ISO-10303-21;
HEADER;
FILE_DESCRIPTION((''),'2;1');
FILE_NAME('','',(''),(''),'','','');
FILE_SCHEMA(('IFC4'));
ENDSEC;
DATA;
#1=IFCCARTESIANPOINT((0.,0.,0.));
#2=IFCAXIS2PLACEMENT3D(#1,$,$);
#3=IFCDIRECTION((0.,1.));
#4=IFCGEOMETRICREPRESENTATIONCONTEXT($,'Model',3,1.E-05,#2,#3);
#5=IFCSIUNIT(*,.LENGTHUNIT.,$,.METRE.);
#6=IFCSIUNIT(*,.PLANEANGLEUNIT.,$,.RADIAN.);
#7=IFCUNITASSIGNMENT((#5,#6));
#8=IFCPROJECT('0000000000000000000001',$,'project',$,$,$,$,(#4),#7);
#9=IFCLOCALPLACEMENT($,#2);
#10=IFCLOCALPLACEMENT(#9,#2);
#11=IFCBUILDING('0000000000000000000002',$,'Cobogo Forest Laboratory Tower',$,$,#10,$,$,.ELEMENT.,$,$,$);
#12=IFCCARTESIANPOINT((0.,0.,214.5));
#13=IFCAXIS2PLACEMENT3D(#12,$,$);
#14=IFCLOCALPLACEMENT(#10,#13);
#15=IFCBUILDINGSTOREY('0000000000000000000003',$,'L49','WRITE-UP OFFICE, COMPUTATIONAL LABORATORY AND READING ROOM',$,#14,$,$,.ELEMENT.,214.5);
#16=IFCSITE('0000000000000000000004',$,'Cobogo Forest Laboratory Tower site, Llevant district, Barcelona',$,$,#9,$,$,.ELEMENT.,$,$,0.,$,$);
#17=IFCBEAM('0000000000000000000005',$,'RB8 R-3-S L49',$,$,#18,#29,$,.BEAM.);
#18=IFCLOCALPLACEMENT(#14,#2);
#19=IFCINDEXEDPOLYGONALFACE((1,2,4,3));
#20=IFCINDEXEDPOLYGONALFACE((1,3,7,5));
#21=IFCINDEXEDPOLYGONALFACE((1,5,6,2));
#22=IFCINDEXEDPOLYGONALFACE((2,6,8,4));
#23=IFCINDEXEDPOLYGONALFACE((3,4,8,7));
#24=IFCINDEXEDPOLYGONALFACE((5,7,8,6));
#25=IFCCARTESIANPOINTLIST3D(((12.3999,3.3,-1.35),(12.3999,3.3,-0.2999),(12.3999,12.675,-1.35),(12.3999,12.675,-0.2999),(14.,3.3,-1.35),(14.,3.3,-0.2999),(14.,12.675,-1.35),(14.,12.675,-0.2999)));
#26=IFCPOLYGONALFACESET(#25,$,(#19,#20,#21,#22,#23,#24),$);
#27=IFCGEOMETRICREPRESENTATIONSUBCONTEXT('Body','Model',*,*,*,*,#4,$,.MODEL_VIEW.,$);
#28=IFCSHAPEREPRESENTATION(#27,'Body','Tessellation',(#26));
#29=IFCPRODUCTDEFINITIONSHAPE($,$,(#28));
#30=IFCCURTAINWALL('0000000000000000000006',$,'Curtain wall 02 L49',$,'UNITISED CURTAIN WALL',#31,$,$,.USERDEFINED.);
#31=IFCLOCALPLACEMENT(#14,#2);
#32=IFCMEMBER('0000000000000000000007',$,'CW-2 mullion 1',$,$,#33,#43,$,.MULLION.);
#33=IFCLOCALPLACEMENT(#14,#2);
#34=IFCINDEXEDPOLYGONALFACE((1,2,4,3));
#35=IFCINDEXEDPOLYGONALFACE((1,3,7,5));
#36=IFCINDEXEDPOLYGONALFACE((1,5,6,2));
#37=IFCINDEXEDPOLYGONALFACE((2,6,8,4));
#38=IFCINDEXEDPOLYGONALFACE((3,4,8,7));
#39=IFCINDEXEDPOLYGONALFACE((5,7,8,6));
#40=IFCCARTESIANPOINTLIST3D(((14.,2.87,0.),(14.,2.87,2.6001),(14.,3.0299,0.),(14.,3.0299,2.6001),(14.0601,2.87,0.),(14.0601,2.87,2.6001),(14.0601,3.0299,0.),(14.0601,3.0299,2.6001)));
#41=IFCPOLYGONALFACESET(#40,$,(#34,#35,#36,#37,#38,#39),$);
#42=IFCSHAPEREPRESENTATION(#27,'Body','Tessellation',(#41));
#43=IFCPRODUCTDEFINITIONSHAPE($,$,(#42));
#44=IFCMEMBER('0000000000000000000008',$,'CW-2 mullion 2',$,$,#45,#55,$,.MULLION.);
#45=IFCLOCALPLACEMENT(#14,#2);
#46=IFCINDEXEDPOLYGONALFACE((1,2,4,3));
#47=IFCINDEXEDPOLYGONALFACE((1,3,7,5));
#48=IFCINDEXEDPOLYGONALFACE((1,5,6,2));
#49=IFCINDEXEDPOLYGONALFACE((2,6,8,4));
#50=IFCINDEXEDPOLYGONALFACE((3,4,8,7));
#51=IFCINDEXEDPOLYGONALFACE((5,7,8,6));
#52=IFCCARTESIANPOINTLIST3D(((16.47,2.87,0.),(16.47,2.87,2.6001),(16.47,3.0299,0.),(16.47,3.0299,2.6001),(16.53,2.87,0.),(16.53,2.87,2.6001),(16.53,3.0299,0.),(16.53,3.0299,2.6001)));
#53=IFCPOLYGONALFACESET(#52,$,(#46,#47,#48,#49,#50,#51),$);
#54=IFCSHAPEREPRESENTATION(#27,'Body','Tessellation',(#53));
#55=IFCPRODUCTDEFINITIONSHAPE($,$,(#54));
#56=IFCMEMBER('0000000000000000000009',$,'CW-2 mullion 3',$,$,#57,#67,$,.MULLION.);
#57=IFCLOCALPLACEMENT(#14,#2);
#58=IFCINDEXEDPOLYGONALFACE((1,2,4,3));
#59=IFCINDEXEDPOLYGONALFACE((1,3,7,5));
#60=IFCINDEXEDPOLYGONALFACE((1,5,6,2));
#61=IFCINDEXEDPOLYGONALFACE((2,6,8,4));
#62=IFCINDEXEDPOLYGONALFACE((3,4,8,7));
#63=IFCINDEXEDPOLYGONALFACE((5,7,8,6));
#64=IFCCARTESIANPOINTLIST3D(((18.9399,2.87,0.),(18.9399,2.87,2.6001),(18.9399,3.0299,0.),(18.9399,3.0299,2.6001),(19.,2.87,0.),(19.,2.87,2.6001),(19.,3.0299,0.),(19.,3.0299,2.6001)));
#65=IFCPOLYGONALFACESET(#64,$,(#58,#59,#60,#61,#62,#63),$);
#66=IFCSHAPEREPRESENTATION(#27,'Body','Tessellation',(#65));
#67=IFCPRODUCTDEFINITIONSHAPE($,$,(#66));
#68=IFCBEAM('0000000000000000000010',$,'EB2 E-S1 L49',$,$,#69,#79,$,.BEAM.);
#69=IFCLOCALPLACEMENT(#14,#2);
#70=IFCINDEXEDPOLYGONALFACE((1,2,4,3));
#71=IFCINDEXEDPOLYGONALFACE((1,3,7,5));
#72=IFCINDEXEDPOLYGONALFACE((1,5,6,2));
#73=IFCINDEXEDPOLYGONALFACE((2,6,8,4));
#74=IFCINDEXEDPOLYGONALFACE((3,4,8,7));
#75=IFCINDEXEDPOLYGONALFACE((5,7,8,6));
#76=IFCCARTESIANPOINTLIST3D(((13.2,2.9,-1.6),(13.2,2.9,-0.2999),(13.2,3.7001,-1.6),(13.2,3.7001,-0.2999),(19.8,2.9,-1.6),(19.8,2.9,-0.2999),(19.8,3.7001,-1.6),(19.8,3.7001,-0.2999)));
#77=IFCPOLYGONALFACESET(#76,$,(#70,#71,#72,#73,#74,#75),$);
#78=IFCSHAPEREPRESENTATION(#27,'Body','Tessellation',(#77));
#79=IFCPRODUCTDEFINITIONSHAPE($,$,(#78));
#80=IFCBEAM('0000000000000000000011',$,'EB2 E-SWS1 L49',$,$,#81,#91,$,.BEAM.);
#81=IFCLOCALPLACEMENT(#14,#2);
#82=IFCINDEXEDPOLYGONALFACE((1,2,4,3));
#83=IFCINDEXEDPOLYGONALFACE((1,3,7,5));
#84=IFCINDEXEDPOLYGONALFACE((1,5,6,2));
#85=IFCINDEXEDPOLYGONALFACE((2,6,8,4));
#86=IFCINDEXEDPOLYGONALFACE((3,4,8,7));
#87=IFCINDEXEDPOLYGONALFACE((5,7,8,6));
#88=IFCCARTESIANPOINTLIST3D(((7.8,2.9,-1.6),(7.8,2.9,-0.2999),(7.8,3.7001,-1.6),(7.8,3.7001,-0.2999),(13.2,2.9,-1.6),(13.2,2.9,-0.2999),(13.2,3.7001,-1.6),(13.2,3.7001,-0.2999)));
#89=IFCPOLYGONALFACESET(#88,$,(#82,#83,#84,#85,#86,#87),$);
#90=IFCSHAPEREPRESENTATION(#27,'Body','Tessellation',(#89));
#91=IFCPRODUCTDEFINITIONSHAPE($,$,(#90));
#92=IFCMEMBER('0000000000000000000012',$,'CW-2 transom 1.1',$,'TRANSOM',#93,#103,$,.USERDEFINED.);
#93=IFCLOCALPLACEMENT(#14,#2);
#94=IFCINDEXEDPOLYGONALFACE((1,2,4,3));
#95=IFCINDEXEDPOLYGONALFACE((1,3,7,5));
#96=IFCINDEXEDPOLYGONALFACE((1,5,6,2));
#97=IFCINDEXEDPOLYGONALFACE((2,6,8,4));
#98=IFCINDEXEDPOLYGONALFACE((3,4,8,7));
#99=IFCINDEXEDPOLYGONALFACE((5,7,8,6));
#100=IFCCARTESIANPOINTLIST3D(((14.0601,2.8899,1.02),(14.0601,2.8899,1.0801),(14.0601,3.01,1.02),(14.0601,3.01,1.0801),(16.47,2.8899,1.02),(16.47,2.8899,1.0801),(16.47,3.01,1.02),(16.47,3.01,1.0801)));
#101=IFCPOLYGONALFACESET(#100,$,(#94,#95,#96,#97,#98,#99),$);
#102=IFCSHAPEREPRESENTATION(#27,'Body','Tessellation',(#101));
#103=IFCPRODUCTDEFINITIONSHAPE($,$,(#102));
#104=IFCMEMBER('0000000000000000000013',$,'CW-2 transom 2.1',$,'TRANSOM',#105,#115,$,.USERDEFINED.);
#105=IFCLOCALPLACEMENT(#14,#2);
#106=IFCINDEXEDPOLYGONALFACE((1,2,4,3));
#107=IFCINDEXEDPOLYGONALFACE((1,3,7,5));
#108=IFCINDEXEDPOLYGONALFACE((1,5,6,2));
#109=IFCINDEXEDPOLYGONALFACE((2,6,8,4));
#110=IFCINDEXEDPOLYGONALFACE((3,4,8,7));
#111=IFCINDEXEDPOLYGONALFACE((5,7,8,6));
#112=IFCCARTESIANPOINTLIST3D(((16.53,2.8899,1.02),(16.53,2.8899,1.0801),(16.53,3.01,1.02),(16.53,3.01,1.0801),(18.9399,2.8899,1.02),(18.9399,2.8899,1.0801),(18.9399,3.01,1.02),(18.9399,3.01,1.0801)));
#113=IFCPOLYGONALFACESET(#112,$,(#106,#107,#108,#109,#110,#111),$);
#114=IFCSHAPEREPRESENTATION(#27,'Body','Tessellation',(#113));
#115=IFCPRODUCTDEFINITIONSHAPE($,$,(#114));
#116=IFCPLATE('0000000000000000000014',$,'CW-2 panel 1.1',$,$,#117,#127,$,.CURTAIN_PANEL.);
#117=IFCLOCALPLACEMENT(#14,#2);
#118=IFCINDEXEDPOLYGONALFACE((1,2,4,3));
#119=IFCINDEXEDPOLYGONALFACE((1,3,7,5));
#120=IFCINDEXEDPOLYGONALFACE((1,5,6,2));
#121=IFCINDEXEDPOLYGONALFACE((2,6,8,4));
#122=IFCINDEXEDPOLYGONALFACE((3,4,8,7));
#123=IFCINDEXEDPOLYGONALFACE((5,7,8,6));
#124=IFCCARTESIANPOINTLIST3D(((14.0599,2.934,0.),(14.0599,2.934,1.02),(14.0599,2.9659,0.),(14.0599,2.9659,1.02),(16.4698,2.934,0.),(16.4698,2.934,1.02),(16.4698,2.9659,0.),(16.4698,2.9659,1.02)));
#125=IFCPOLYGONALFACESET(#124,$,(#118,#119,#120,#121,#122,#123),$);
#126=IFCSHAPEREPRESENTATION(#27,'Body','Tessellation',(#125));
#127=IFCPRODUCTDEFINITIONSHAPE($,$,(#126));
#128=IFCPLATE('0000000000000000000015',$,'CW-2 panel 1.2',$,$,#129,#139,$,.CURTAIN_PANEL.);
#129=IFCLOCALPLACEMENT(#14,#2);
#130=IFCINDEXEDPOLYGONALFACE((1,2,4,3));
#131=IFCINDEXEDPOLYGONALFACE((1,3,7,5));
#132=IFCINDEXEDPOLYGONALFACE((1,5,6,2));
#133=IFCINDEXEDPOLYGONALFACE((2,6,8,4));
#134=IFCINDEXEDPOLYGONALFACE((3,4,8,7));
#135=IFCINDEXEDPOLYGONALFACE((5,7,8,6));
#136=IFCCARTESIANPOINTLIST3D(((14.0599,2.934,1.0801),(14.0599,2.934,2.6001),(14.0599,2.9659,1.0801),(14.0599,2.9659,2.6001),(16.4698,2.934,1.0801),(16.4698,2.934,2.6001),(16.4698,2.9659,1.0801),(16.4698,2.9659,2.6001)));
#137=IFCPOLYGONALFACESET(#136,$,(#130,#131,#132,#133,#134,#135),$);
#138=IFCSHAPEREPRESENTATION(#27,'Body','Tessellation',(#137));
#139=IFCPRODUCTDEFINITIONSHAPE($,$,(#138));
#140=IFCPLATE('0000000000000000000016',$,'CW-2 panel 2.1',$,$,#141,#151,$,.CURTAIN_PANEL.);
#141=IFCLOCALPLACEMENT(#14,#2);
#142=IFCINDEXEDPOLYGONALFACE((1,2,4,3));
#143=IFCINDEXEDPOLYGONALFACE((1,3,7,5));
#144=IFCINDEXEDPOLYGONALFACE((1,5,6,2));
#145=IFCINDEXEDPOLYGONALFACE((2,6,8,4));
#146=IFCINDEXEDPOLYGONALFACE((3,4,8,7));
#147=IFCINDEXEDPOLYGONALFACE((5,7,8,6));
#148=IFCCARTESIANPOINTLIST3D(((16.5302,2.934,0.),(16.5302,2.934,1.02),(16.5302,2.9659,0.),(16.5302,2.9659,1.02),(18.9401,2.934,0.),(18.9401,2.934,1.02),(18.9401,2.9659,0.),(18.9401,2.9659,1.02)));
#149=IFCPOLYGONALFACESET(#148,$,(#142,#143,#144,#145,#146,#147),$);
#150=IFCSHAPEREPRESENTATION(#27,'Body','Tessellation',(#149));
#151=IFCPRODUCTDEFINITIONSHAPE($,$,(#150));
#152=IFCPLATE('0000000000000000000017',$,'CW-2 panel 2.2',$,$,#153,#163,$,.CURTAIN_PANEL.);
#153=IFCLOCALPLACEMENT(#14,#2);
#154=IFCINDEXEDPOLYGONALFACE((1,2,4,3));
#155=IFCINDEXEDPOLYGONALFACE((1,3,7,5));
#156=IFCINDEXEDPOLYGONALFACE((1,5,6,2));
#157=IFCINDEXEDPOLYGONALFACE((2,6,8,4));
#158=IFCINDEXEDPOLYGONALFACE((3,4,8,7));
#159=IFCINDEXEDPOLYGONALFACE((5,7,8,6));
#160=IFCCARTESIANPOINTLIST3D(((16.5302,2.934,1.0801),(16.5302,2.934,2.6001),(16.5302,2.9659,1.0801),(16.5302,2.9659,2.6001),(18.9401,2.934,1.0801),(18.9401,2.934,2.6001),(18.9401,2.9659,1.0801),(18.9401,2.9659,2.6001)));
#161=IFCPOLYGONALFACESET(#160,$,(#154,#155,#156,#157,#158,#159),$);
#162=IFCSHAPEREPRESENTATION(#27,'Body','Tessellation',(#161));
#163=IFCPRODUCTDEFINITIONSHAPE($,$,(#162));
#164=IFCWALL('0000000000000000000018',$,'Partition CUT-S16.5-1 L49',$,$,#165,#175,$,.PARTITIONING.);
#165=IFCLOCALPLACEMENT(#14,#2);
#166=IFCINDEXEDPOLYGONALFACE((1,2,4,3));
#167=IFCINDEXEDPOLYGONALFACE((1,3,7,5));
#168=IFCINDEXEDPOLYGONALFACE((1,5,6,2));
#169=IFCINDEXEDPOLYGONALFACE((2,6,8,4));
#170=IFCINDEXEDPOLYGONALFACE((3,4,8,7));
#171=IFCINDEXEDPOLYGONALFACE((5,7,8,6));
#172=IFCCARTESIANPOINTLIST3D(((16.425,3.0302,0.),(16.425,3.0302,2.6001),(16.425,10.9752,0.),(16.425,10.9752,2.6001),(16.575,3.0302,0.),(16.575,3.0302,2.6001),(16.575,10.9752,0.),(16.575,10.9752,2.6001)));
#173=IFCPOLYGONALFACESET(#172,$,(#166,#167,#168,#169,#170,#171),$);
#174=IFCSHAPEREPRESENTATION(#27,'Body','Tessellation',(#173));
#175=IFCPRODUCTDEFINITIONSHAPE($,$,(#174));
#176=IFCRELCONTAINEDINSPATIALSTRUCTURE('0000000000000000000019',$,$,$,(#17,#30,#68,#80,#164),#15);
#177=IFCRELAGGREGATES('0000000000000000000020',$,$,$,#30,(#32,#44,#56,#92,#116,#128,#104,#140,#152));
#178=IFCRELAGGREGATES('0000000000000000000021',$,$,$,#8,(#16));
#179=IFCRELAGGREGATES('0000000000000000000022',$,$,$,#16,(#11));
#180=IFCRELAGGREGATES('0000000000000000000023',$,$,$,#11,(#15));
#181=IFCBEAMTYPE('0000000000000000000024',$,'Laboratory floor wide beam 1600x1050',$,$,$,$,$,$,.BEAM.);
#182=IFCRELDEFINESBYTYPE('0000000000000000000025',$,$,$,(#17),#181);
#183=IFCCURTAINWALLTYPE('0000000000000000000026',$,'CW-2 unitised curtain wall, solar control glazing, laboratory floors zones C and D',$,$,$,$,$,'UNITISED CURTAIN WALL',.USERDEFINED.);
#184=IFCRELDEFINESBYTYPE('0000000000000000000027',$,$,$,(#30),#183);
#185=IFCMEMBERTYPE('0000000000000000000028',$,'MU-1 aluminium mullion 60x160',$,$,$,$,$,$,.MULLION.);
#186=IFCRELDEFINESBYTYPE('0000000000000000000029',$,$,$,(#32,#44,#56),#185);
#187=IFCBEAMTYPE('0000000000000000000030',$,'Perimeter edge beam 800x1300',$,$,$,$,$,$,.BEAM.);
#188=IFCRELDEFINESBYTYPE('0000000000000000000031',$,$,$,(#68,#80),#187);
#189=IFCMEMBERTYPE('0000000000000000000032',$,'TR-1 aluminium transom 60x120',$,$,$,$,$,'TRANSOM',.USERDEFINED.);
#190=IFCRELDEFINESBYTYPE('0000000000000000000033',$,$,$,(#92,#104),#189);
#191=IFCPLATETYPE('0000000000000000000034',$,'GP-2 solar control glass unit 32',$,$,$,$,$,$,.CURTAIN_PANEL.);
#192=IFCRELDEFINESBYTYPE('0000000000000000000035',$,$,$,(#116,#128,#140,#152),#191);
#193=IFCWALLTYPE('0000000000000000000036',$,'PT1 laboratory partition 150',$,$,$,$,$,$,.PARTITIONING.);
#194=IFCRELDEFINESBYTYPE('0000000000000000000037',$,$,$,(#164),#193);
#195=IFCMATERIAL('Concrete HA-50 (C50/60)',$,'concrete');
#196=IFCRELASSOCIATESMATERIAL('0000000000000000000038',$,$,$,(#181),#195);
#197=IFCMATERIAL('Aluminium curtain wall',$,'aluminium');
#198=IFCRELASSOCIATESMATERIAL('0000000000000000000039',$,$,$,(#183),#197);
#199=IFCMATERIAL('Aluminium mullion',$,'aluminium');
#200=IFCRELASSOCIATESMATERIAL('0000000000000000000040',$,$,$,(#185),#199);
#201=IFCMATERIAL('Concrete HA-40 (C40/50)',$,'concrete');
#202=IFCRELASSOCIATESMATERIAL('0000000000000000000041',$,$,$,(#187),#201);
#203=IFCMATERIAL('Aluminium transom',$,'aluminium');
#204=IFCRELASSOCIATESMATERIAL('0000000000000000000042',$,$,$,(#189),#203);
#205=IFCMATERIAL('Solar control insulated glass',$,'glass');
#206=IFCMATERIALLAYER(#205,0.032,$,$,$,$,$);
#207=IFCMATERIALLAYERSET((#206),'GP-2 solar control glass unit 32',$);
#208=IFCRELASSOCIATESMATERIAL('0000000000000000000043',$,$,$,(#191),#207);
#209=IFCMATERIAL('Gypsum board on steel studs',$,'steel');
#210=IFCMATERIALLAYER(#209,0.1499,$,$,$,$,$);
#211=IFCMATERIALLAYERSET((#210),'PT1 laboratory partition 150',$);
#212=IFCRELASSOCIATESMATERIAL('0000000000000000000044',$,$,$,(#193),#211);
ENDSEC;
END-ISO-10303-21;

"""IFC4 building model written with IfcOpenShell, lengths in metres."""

from ifc_helpers import new_model, si_unit, direction, frame, frame_2d, origin, origin_2d, place, context, subcontext, project, spatial, rectangle, extrude, material, layer, layer_set, material_profile, profile_set, type_object, element, aggregate, save


model = new_model("IFC4")

# Units and contexts
model_context = context("Model", 3, precision=1e-05, world=origin(), true_north=direction((0.0, 1.0)))
body_context = subcontext(model_context, "Body", "Model", "MODEL_VIEW")
ifc_project = project(units=[si_unit("LENGTHUNIT", "METRE"), si_unit("PLANEANGLEUNIT", "RADIAN")], contexts=[model_context])

# Site, building, storey
site_placement = place(None, origin())
site = spatial("IfcSite", under=ifc_project, at=site_placement, Name="Cobogo Forest Laboratory Tower site, Llevant district, Barcelona", CompositionType="ELEMENT", RefElevation=0.0)
building_placement = place(site_placement, origin())
building = spatial("IfcBuilding", under=site, at=building_placement, Name="Cobogo Forest Laboratory Tower", CompositionType="ELEMENT")
storey_placement = place(building_placement, frame((0.0, 0.0, 214.5)))
storey = spatial("IfcBuildingStorey", under=building, at=storey_placement, Name="L49", Description="WRITE-UP OFFICE, COMPUTATIONAL LABORATORY AND READING ROOM", CompositionType="ELEMENT", Elevation=214.5)

# Beam
ifc_material_1 = material(Name="Concrete HA-50 (C50/60)", Category="concrete")
ifc_material_profile_1 = material_profile(ifc_material_1, rectangle(XDim=1.6001, YDim=1.05, at=origin_2d()), Name="RC 1600x1050")
ifc_profile_set_1 = profile_set([ifc_material_profile_1], Name="Concrete HA-50 (C50/60)")
beam_type_1 = type_object("IfcBeamType", Name="Laboratory floor wide beam 1600x1050", PredefinedType="BEAM", material=ifc_profile_set_1)
beam_1_placement = place(storey_placement, frame((13.2, 12.675, -0.825), z_axis=(0.0, -1.0, 0.0), x_axis=(1.0, 0.0, 0.0)))
element("IfcBeam", 1, at=beam_1_placement, inside=storey, type_object=beam_type_1, Name="RB8 R-3-S L49", PredefinedType="BEAM", context=body_context, shape_type="SweptSolid", body=[
    extrude(rectangle(XDim=1.6001, YDim=1.05, at=origin_2d()), origin(), (0.0, 0.0, 1.0), 9.375),
])

# Curtain wall, members
ifc_material_2 = material(Name="Aluminium curtain wall", Category="aluminium")
curtain_wall_type = type_object("IfcCurtainWallType", Name="CW-2 unitised curtain wall, solar control glazing, laboratory floors zones C and D", ElementType="UNITISED CURTAIN WALL", PredefinedType="USERDEFINED", material=ifc_material_2)
curtain_wall_placement = place(storey_placement, origin())
curtain_wall = element("IfcCurtainWall", 2, at=curtain_wall_placement, inside=storey, type_object=curtain_wall_type, Name="Curtain wall 02 L49", ObjectType="UNITISED CURTAIN WALL", PredefinedType="USERDEFINED")
ifc_material_3 = material(Name="Aluminium mullion", Category="aluminium")
ifc_material_profile_2 = material_profile(ifc_material_3, rectangle(XDim=0.0601, YDim=0.1599, at=origin_2d()), Name="AL 60x160")
ifc_profile_set_2 = profile_set([ifc_material_profile_2], Name="Aluminium mullion")
member_type_1 = type_object("IfcMemberType", Name="MU-1 aluminium mullion 60x160", PredefinedType="MULLION", material=ifc_profile_set_2)
member_1_placement = place(storey_placement, frame((14.03, 2.95, 0.0), z_axis=(0.0, 0.0, 1.0), x_axis=(1.0, 0.0, 0.0)))
member_1 = element("IfcMember", 3, at=member_1_placement, type_object=member_type_1, Name="CW-2 mullion 1", PredefinedType="MULLION", context=body_context, shape_type="SweptSolid", body=[
    extrude(rectangle(XDim=0.0601, YDim=0.1599, at=origin_2d()), origin(), (0.0, 0.0, 1.0), 2.6001),
])
member_2_placement = place(storey_placement, frame((16.5, 2.95, 0.0), z_axis=(0.0, 0.0, 1.0), x_axis=(1.0, 0.0, 0.0)))
member_2 = element("IfcMember", 4, at=member_2_placement, type_object=member_type_1, Name="CW-2 mullion 2", PredefinedType="MULLION", context=body_context, shape_type="SweptSolid", body=[
    extrude(rectangle(XDim=0.0601, YDim=0.1599, at=origin_2d()), origin(), (0.0, 0.0, 1.0), 2.6001),
])
member_3_placement = place(storey_placement, frame((18.97, 2.95, 0.0), z_axis=(0.0, 0.0, 1.0), x_axis=(1.0, 0.0, 0.0)))
member_3 = element("IfcMember", 5, at=member_3_placement, type_object=member_type_1, Name="CW-2 mullion 3", PredefinedType="MULLION", context=body_context, shape_type="SweptSolid", body=[
    extrude(rectangle(XDim=0.0601, YDim=0.1599, at=origin_2d()), origin(), (0.0, 0.0, 1.0), 2.6001),
])

# Beams
ifc_material_4 = material(Name="Concrete HA-40 (C40/50)", Category="concrete")
ifc_material_profile_3 = material_profile(ifc_material_4, rectangle(XDim=0.8, YDim=1.3, at=origin_2d()), Name="RC 800x1300")
ifc_profile_set_3 = profile_set([ifc_material_profile_3], Name="Concrete HA-40 (C40/50)")
beam_type_2 = type_object("IfcBeamType", Name="Perimeter edge beam 800x1300", PredefinedType="BEAM", material=ifc_profile_set_3)
beam_2_placement = place(storey_placement, frame((13.2, 3.3, -0.95), z_axis=(1.0, 0.0, 0.0), x_axis=(0.0, 1.0, 0.0)))
element("IfcBeam", 6, at=beam_2_placement, inside=storey, type_object=beam_type_2, Name="EB2 E-S1 L49", PredefinedType="BEAM", context=body_context, shape_type="SweptSolid", body=[
    extrude(rectangle(XDim=0.8, YDim=1.3, at=origin_2d()), origin(), (0.0, 0.0, 1.0), 6.6001),
])
beam_3_placement = place(storey_placement, frame((13.2, 3.3, -0.95), z_axis=(-1.0, 0.0, 0.0), x_axis=(0.0, -1.0, 0.0)))
element("IfcBeam", 7, at=beam_3_placement, inside=storey, type_object=beam_type_2, Name="EB2 E-SWS1 L49", PredefinedType="BEAM", context=body_context, shape_type="SweptSolid", body=[
    extrude(rectangle(XDim=0.8, YDim=1.3, at=origin_2d()), origin(), (0.0, 0.0, 1.0), 5.3999),
])

# Members
ifc_material_5 = material(Name="Aluminium transom", Category="aluminium")
ifc_material_profile_4 = material_profile(ifc_material_5, rectangle(XDim=0.1201, YDim=0.0601, at=origin_2d()), Name="AL 60x120")
ifc_profile_set_4 = profile_set([ifc_material_profile_4], Name="Aluminium transom")
member_type_2 = type_object("IfcMemberType", Name="TR-1 aluminium transom 60x120", ElementType="TRANSOM", PredefinedType="USERDEFINED", material=ifc_profile_set_4)
member_4_placement = place(storey_placement, frame((14.0601, 2.95, 1.05), z_axis=(1.0, 0.0, 0.0), x_axis=(0.0, 1.0, 0.0)))
member_4 = element("IfcMember", 8, at=member_4_placement, type_object=member_type_2, Name="CW-2 transom 1.1", ObjectType="TRANSOM", PredefinedType="USERDEFINED", context=body_context, shape_type="SweptSolid", body=[
    extrude(rectangle(XDim=0.1201, YDim=0.0601, at=origin_2d()), origin(), (0.0, 0.0, 1.0), 2.4099),
])
member_5_placement = place(storey_placement, frame((16.53, 2.95, 1.05), z_axis=(1.0, 0.0, 0.0), x_axis=(0.0, 1.0, 0.0)))
member_5 = element("IfcMember", 9, at=member_5_placement, type_object=member_type_2, Name="CW-2 transom 2.1", ObjectType="TRANSOM", PredefinedType="USERDEFINED", context=body_context, shape_type="SweptSolid", body=[
    extrude(rectangle(XDim=0.1201, YDim=0.0601, at=origin_2d()), origin(), (0.0, 0.0, 1.0), 2.4099),
])

# Plates
ifc_material_6 = material(Name="Solar control insulated glass", Category="glass")
ifc_layer_1 = layer(ifc_material_6, 0.032)
ifc_layer_set_1 = layer_set([ifc_layer_1], Name="GP-2 solar control glass unit 32")
plate_type_1 = type_object("IfcPlateType", Name="GP-2 solar control glass unit 32", PredefinedType="CURTAIN_PANEL", material=ifc_layer_set_1)
plate_1_placement = place(storey_placement, frame((15.2649, 2.95, 0.0), z_axis=(0.0, 0.0, 1.0), x_axis=(1.0, 0.0, 0.0)))
plate_1 = element("IfcPlate", 10, at=plate_1_placement, type_object=plate_type_1, Name="CW-2 panel 1.1", PredefinedType="CURTAIN_PANEL", context=body_context, shape_type="SweptSolid", body=[
    extrude(rectangle(XDim=2.4099, YDim=0.032, at=origin_2d()), origin(), (0.0, 0.0, 1.0), 1.02),
])
plate_2_placement = place(storey_placement, frame((15.2649, 2.95, 1.0801), z_axis=(0.0, 0.0, 1.0), x_axis=(1.0, 0.0, 0.0)))
plate_2 = element("IfcPlate", 11, at=plate_2_placement, type_object=plate_type_1, Name="CW-2 panel 1.2", PredefinedType="CURTAIN_PANEL", context=body_context, shape_type="SweptSolid", body=[
    extrude(rectangle(XDim=2.4099, YDim=0.032, at=origin_2d()), origin(), (0.0, 0.0, 1.0), 1.52),
])
plate_3_placement = place(storey_placement, frame((17.7351, 2.95, 0.0), z_axis=(0.0, 0.0, 1.0), x_axis=(1.0, 0.0, 0.0)))
plate_3 = element("IfcPlate", 12, at=plate_3_placement, type_object=plate_type_1, Name="CW-2 panel 2.1", PredefinedType="CURTAIN_PANEL", context=body_context, shape_type="SweptSolid", body=[
    extrude(rectangle(XDim=2.4099, YDim=0.032, at=origin_2d()), origin(), (0.0, 0.0, 1.0), 1.02),
])
plate_4_placement = place(storey_placement, frame((17.7351, 2.95, 1.0801), z_axis=(0.0, 0.0, 1.0), x_axis=(1.0, 0.0, 0.0)))
plate_4 = element("IfcPlate", 13, at=plate_4_placement, type_object=plate_type_1, Name="CW-2 panel 2.2", PredefinedType="CURTAIN_PANEL", context=body_context, shape_type="SweptSolid", body=[
    extrude(rectangle(XDim=2.4099, YDim=0.032, at=origin_2d()), origin(), (0.0, 0.0, 1.0), 1.52),
])
aggregate(curtain_wall, [member_1, member_2, member_3, member_4, plate_1, plate_2, member_5, plate_3, plate_4])

# Wall
ifc_material_7 = material(Name="Gypsum board on steel studs", Category="steel")
ifc_layer_2 = layer(ifc_material_7, 0.1499)
ifc_layer_set_2 = layer_set([ifc_layer_2], Name="PT1 laboratory partition 150")
wall_type = type_object("IfcWallType", Name="PT1 laboratory partition 150", PredefinedType="PARTITIONING", material=ifc_layer_set_2)
wall_placement = place(storey_placement, frame((16.5, 3.03, 0.0), z_axis=(0.0, 0.0, 1.0), x_axis=(0.0, 1.0, 0.0)))
element("IfcWall", 14, at=wall_placement, inside=storey, type_object=wall_type, Name="Partition CUT-S16.5-1 L49", PredefinedType="PARTITIONING", context=body_context, shape_type="SweptSolid", body=[
    extrude(rectangle(XDim=7.9451, YDim=0.1499, at=frame_2d((3.9727, 0.0))), origin(), (0.0, 0.0, 1.0), 2.6001),
])

save(model, "model.ifc")
